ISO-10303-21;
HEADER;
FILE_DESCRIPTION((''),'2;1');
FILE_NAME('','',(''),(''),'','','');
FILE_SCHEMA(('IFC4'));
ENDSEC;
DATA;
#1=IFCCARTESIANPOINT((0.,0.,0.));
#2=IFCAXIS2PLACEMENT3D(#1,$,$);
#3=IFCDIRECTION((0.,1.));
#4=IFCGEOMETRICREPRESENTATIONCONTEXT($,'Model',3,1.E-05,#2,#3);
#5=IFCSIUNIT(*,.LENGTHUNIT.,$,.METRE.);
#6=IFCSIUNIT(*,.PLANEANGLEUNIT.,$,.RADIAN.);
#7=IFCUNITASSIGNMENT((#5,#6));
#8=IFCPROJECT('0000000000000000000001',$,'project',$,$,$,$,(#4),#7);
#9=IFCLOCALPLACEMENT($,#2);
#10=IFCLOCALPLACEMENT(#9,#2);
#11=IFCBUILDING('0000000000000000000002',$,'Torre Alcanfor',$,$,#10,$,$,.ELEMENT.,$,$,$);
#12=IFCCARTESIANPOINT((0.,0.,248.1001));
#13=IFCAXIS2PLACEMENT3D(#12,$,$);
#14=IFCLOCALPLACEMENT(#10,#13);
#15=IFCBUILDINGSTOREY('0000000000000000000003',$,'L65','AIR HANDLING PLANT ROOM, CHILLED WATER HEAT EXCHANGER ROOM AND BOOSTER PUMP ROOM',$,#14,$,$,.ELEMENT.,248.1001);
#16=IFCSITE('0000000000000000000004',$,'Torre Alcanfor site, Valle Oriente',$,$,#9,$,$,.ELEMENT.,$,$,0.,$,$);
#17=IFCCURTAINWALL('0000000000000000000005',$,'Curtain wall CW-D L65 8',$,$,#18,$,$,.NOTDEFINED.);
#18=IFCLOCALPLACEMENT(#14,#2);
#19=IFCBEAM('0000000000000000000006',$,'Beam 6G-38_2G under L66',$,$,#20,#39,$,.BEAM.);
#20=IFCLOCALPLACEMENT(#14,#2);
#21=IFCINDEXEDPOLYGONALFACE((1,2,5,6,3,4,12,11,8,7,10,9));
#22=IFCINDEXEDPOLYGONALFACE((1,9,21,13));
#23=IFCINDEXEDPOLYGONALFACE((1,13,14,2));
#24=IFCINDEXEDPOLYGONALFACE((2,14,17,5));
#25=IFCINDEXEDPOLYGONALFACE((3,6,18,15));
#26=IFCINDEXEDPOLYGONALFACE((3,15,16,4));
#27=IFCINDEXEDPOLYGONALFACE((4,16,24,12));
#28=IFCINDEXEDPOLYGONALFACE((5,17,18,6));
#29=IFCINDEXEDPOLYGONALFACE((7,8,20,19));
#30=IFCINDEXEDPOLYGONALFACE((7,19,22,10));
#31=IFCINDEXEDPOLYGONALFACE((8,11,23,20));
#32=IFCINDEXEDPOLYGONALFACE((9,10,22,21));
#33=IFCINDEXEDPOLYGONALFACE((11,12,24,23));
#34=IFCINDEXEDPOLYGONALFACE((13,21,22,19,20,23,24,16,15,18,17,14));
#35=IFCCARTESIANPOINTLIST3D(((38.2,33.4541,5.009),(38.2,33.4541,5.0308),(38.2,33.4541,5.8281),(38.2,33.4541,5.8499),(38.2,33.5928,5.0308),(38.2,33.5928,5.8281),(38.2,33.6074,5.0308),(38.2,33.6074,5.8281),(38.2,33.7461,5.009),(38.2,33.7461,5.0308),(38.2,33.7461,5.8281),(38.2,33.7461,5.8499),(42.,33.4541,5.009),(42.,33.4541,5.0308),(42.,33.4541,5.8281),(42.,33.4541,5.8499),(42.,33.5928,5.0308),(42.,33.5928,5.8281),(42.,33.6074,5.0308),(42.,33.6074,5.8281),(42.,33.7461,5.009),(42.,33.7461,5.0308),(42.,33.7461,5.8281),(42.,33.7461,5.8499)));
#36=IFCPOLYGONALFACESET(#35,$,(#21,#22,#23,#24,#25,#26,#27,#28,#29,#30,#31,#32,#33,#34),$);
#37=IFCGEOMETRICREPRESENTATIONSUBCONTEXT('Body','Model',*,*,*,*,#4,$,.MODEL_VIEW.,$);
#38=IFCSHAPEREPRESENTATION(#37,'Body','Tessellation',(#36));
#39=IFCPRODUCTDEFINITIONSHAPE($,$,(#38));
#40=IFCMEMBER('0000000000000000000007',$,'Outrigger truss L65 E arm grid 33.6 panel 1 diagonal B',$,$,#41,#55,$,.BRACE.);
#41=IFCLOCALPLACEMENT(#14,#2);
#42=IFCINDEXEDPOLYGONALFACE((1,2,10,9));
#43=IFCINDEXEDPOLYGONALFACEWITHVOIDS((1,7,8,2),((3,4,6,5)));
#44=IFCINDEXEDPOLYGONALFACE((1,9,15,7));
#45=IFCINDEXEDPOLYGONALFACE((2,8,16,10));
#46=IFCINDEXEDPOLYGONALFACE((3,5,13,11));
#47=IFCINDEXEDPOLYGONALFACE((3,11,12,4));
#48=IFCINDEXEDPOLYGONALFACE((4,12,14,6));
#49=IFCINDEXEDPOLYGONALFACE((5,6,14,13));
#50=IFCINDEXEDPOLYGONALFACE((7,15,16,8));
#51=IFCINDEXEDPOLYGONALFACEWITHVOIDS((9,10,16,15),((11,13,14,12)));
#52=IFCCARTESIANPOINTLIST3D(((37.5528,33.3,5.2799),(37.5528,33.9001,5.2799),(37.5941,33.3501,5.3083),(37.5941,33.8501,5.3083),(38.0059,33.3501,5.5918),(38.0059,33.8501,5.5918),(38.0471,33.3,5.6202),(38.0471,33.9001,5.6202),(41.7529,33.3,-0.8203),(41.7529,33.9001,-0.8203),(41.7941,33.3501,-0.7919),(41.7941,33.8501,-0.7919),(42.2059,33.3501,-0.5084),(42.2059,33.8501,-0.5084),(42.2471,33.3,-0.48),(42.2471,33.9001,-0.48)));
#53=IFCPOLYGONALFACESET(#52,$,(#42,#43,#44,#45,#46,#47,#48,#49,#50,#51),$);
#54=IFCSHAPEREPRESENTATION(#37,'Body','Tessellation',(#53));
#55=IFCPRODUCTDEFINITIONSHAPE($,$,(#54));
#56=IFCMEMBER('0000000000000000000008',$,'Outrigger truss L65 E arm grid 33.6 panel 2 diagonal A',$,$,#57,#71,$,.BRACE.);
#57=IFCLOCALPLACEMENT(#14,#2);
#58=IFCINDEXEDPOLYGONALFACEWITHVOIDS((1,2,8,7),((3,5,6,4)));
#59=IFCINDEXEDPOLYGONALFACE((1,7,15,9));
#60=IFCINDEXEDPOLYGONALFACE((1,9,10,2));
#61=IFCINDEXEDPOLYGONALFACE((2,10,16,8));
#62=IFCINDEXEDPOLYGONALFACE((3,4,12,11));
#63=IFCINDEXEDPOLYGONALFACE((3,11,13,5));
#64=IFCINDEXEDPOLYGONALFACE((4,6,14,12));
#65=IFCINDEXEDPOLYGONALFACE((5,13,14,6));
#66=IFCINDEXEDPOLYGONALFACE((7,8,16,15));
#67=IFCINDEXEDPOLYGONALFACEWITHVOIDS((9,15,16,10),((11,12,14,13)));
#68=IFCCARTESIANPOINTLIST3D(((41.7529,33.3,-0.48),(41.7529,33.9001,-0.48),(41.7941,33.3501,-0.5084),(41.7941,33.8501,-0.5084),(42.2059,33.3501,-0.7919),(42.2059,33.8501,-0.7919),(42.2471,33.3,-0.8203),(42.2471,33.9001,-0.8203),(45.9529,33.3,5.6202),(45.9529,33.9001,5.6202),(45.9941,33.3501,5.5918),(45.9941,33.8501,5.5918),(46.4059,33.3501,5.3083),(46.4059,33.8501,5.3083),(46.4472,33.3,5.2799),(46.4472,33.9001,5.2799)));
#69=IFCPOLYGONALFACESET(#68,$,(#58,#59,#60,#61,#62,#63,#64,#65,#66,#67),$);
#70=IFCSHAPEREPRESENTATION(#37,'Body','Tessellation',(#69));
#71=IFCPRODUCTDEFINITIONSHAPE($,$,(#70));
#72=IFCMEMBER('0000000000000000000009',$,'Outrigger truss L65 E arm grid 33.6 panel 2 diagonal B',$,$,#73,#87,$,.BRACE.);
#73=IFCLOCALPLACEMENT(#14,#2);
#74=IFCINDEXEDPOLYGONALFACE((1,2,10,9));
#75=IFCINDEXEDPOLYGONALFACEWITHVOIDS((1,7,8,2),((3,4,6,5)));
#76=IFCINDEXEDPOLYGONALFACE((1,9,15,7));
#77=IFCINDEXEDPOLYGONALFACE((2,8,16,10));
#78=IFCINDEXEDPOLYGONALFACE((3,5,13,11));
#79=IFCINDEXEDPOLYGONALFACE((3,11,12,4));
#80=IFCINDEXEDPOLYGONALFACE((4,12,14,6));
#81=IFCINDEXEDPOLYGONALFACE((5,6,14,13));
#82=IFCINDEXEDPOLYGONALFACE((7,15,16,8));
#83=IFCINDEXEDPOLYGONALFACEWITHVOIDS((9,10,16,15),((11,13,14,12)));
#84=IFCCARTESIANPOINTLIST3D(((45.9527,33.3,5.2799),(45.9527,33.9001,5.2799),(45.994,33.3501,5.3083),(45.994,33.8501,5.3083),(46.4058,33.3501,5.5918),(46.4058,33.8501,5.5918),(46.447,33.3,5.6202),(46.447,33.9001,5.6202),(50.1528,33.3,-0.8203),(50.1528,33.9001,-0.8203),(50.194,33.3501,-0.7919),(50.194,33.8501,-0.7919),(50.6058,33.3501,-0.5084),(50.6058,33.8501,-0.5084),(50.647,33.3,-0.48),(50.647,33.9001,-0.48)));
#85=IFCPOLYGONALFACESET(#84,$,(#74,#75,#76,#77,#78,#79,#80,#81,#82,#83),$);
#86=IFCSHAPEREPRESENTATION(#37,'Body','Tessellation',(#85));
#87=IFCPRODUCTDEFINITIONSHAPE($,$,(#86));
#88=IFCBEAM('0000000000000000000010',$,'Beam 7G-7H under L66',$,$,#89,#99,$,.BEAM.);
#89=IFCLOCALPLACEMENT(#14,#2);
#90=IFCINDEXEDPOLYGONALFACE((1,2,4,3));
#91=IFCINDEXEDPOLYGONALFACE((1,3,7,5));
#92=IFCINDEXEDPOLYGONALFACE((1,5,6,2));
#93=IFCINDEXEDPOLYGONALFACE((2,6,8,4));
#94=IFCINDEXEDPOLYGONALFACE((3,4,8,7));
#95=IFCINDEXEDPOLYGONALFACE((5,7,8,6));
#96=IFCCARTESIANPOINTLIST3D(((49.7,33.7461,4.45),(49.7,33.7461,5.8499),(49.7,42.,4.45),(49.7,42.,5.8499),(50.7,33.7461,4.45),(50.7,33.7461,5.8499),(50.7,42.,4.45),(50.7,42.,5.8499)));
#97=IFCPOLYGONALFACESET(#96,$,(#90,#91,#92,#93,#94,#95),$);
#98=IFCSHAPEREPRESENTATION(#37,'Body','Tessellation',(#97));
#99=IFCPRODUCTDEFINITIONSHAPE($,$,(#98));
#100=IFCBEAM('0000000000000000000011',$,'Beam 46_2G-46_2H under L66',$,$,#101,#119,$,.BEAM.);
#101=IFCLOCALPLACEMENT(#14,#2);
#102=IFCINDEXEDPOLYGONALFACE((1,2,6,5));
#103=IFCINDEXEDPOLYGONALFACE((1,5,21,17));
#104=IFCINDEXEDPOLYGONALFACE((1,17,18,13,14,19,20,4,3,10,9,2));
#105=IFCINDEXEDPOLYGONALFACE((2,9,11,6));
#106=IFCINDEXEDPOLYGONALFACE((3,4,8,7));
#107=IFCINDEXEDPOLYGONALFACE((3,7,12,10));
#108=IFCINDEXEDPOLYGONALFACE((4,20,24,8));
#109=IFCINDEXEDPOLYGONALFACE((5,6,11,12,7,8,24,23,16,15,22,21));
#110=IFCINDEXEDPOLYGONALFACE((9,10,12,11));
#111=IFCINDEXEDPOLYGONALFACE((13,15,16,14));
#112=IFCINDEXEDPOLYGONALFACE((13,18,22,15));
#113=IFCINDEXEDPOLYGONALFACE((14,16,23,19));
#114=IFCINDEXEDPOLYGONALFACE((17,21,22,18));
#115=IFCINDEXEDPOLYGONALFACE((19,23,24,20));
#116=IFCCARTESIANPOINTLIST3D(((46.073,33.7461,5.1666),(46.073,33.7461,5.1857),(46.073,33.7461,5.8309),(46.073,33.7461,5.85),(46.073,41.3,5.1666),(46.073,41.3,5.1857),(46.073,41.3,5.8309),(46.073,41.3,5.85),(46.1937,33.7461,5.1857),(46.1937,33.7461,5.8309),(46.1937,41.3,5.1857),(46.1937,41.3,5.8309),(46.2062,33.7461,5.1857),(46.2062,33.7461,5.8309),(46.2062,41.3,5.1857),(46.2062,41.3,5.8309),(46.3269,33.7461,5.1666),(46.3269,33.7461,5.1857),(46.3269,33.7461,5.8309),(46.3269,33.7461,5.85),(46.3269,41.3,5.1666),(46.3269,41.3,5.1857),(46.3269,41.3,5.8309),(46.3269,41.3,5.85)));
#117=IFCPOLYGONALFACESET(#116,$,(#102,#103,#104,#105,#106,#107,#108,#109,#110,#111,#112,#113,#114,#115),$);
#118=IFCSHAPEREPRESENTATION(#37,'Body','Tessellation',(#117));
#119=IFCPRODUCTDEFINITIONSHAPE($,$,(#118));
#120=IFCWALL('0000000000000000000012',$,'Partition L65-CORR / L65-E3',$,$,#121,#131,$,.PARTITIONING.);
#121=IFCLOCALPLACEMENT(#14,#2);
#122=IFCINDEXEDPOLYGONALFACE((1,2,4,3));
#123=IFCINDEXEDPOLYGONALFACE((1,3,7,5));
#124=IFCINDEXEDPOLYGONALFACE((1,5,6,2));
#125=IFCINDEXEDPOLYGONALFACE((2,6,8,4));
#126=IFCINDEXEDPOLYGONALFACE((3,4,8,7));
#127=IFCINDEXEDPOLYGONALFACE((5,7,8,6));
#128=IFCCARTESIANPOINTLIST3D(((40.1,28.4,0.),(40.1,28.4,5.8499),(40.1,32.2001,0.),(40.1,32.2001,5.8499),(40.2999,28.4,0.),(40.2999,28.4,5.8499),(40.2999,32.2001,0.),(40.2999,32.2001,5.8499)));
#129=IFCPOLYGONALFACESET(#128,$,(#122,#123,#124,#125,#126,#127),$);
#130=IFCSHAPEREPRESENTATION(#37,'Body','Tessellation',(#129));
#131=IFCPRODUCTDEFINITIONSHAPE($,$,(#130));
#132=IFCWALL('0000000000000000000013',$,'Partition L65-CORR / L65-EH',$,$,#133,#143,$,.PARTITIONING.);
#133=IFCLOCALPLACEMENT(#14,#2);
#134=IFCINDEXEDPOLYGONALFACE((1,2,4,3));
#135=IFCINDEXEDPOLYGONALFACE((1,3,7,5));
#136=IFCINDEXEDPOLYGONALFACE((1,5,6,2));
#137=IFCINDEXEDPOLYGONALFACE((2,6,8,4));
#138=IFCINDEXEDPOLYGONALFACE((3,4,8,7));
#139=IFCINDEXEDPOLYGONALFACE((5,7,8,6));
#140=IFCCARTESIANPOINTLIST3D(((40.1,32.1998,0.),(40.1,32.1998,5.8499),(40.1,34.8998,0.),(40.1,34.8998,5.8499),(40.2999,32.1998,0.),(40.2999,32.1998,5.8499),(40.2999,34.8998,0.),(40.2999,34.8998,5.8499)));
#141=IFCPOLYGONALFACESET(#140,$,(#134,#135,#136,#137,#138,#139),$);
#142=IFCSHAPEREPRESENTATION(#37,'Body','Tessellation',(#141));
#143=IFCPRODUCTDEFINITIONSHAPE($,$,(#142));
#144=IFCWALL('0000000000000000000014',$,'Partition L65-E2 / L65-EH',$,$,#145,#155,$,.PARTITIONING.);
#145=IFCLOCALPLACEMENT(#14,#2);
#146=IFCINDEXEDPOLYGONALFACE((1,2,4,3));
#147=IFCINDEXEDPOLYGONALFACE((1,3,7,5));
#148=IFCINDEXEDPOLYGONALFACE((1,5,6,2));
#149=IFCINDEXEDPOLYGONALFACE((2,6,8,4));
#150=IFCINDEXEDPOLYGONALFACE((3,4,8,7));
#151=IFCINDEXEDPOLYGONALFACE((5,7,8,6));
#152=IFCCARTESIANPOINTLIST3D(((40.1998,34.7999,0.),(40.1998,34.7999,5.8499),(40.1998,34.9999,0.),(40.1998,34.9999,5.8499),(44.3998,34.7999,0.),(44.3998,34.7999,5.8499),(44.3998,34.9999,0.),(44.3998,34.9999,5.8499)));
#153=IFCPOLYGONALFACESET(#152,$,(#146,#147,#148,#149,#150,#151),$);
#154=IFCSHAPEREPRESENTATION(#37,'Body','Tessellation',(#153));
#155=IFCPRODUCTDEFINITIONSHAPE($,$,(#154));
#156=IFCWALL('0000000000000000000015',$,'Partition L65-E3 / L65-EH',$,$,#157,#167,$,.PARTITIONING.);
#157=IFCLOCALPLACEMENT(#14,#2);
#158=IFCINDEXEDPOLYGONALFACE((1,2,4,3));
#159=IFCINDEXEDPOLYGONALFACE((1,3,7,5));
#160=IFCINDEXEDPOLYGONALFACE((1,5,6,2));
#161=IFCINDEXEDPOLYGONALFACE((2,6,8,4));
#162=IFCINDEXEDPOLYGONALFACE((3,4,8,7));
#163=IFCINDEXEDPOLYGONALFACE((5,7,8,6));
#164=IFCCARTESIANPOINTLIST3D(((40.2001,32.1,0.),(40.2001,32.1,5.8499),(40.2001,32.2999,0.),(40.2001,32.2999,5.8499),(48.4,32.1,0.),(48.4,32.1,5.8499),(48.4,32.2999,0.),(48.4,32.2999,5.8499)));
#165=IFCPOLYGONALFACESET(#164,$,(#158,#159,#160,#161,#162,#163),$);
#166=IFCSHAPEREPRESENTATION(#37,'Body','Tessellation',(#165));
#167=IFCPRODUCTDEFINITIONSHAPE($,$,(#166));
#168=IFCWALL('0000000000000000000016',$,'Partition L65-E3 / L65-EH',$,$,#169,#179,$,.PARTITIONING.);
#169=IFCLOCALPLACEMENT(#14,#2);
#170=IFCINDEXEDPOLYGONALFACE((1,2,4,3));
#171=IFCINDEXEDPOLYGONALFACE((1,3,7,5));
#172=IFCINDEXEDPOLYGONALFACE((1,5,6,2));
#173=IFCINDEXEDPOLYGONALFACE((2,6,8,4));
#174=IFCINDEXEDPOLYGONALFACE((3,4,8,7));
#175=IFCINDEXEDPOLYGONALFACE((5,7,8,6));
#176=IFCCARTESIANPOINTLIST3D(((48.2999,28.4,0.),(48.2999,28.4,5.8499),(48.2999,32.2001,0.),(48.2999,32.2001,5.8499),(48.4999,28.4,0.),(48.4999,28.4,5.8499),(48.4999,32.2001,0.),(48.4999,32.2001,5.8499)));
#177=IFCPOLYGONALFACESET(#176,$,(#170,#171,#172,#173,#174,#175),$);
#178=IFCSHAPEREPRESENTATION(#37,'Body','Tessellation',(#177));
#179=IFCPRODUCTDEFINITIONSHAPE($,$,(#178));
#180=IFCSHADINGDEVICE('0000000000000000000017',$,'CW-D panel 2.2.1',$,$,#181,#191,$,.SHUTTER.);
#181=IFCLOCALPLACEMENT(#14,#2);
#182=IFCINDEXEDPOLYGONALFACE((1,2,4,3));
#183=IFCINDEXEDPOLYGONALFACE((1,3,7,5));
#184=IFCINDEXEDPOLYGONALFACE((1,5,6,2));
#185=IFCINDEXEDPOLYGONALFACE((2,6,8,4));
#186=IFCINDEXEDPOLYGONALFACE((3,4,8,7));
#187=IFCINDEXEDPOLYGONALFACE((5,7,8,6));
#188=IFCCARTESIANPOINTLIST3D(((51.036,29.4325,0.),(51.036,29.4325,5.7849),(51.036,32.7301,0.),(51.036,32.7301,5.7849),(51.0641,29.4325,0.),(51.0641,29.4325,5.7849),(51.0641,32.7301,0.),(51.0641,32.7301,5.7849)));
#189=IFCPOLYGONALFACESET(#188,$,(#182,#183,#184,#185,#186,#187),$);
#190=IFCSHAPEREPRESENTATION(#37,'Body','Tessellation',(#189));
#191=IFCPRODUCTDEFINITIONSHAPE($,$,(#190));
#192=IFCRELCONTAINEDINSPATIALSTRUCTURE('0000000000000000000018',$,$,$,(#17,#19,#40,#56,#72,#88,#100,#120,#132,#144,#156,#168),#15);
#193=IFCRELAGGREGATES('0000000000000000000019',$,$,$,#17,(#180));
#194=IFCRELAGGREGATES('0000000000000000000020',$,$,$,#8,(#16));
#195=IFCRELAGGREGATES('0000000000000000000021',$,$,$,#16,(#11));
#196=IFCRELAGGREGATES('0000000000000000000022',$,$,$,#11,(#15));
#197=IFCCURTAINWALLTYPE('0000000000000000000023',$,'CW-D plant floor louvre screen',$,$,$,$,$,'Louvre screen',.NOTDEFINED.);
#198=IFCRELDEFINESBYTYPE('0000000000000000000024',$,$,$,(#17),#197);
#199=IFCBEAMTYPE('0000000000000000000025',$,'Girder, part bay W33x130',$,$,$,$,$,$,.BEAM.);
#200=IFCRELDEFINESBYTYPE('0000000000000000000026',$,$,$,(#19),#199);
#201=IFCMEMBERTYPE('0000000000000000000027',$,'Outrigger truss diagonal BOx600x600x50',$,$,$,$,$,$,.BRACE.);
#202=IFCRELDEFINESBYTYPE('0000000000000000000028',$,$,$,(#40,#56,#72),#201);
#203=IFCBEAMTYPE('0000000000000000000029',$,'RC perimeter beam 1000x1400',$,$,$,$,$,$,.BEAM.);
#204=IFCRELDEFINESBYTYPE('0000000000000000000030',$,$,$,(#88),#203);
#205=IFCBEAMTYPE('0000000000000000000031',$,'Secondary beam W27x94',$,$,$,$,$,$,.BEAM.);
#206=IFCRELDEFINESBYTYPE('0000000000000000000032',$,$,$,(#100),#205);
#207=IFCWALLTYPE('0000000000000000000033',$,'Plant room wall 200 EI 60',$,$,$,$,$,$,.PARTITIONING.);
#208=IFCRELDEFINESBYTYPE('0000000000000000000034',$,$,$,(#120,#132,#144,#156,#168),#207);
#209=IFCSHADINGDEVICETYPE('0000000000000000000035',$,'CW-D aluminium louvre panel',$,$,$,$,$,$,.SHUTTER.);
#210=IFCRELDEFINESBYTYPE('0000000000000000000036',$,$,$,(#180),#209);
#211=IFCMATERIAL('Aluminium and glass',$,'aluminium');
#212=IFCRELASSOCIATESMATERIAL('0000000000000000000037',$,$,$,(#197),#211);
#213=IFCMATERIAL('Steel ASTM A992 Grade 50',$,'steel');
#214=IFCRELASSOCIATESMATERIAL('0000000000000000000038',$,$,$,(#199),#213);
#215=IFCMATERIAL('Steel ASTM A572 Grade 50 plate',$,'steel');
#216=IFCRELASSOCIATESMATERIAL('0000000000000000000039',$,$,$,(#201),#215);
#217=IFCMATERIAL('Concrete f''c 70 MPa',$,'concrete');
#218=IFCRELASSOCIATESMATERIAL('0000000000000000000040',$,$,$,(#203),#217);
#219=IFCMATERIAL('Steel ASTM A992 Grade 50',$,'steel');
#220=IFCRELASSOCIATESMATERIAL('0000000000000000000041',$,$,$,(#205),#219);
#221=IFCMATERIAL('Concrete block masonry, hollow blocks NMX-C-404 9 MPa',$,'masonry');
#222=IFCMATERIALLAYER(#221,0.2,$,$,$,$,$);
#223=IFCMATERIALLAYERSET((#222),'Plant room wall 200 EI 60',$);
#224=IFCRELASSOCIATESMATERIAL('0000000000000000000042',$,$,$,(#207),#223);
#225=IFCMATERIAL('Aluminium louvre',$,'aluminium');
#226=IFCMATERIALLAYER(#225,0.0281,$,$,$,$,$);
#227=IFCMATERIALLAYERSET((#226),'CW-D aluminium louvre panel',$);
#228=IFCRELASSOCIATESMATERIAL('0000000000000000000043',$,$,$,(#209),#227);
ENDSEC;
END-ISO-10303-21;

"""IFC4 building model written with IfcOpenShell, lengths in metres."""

from ifc_helpers import new_model, si_unit, direction, frame, frame_2d, origin, origin_2d, place, context, subcontext, project, spatial, rectangle, hollow_rectangle, i_section, extrude, material, layer, layer_set, material_profile, profile_set, type_object, element, aggregate, save


model = new_model("IFC4")

# Units and contexts
model_context = context("Model", 3, precision=1e-05, world=origin(), true_north=direction((0.0, 1.0)))
body_context = subcontext(model_context, "Body", "Model", "MODEL_VIEW")
ifc_project = project(units=[si_unit("LENGTHUNIT", "METRE"), si_unit("PLANEANGLEUNIT", "RADIAN")], contexts=[model_context])

# Site, building, storey
site_placement = place(None, origin())
site = spatial("IfcSite", under=ifc_project, at=site_placement, Name="Torre Alcanfor site, Valle Oriente", CompositionType="ELEMENT", RefElevation=0.0)
building_placement = place(site_placement, origin())
building = spatial("IfcBuilding", under=site, at=building_placement, Name="Torre Alcanfor", CompositionType="ELEMENT")
storey_placement = place(building_placement, frame((0.0, 0.0, 248.1001)))
storey = spatial("IfcBuildingStorey", under=building, at=storey_placement, Name="L65", Description="AIR HANDLING PLANT ROOM, CHILLED WATER HEAT EXCHANGER ROOM AND BOOSTER PUMP ROOM", CompositionType="ELEMENT", Elevation=248.1001)

# Curtain wall
ifc_material_1 = material(Name="Aluminium and glass", Category="aluminium")
curtain_wall_type = type_object("IfcCurtainWallType", Name="CW-D plant floor louvre screen", ElementType="Louvre screen", PredefinedType="NOTDEFINED", material=ifc_material_1)
curtain_wall_placement = place(storey_placement, origin())
curtain_wall = element("IfcCurtainWall", 1, at=curtain_wall_placement, inside=storey, type_object=curtain_wall_type, Name="Curtain wall CW-D L65 8", PredefinedType="NOTDEFINED")

# Beam
ifc_material_2 = material(Name="Steel ASTM A992 Grade 50", Category="steel")
ifc_material_profile_1 = material_profile(ifc_material_2, i_section(OverallWidth=0.292, OverallDepth=0.8408, WebThickness=0.0146, FlangeThickness=0.0217, at=origin_2d()), Name="W33x130")
ifc_profile_set_1 = profile_set([ifc_material_profile_1], Name="Steel ASTM A992 Grade 50")
beam_type_1 = type_object("IfcBeamType", Name="Girder, part bay W33x130", PredefinedType="BEAM", material=ifc_profile_set_1)
beam_1_placement = place(storey_placement, frame((42.0, 33.6001, 5.4294), z_axis=(-1.0, 0.0, 0.0), x_axis=(0.0, -1.0, 0.0)))
element("IfcBeam", 2, at=beam_1_placement, inside=storey, type_object=beam_type_1, Name="Beam 6G-38_2G under L66", PredefinedType="BEAM", context=body_context, shape_type="SweptSolid", body=[
    extrude(i_section(OverallWidth=0.292, OverallDepth=0.8408, WebThickness=0.0146, FlangeThickness=0.0217, at=origin_2d()), origin(), (0.0, 0.0, 1.0), 3.8),
])

# Members
ifc_material_3 = material(Name="Steel ASTM A572 Grade 50 plate", Category="steel")
ifc_material_profile_2 = material_profile(ifc_material_3, hollow_rectangle(XDim=0.6001, YDim=0.6001, WallThickness=0.05, at=origin_2d()), Name="BOX 600x600x50")
ifc_profile_set_2 = profile_set([ifc_material_profile_2], Name="Steel ASTM A572 Grade 50 plate")
member_type_1 = type_object("IfcMemberType", Name="Outrigger truss diagonal BOx600x600x50", PredefinedType="BRACE", material=ifc_profile_set_2)
for number, where, z_axis, x_axis, name in (
    (3, (42.0, 33.6001, -0.6501), (-0.567091, 0.0, 0.823655), (0.0, -1.0, 0.0), "Outrigger truss L65 E arm grid 33.6 panel 1 diagonal B"),
    (4, (42.0, 33.6001, -0.6501), (0.567091, 0.0, 0.823655), (0.0, 1.0, 0.0), "Outrigger truss L65 E arm grid 33.6 panel 2 diagonal A"),
    (5, (50.3999, 33.6001, -0.6501), (-0.567091, 0.0, 0.823655), (0.0, -1.0, 0.0), "Outrigger truss L65 E arm grid 33.6 panel 2 diagonal B"),
):
    element("IfcMember", number, at=place(storey_placement, frame(where, z_axis=z_axis, x_axis=x_axis)), inside=storey, type_object=member_type_1, Name=name, PredefinedType="BRACE", context=body_context, shape_type="SweptSolid", body=[
        extrude(hollow_rectangle(XDim=0.6001, YDim=0.6001, WallThickness=0.05, at=origin_2d()), origin(), (0.0, 0.0, 1.0), 7.4062),
    ])

# Beams
ifc_material_4 = material(Name="Concrete f'c 70 MPa", Category="concrete")
ifc_material_profile_3 = material_profile(ifc_material_4, rectangle(XDim=1.0, YDim=1.3999, at=origin_2d()), Name="1000x1400")
ifc_profile_set_3 = profile_set([ifc_material_profile_3], Name="Concrete f'c 70 MPa")
beam_type_2 = type_object("IfcBeamType", Name="RC perimeter beam 1000x1400", PredefinedType="BEAM", material=ifc_profile_set_3)
beam_2_placement = place(storey_placement, frame((50.2, 33.7461, 5.1499), z_axis=(0.0, 1.0, 0.0), x_axis=(-1.0, 0.0, 0.0)))
element("IfcBeam", 6, at=beam_2_placement, inside=storey, type_object=beam_type_2, Name="Beam 7G-7H under L66", PredefinedType="BEAM", context=body_context, shape_type="SweptSolid", body=[
    extrude(rectangle(XDim=1.0, YDim=1.3999, at=origin_2d()), origin(), (0.0, 0.0, 1.0), 8.2539),
])
ifc_material_5 = material(Name="Steel ASTM A992 Grade 50", Category="steel")
ifc_material_profile_4 = material_profile(ifc_material_5, i_section(OverallWidth=0.2539, OverallDepth=0.6833, WebThickness=0.0125, FlangeThickness=0.019, at=origin_2d()), Name="W27x94")
ifc_profile_set_4 = profile_set([ifc_material_profile_4], Name="Steel ASTM A992 Grade 50")
beam_type_3 = type_object("IfcBeamType", Name="Secondary beam W27x94", PredefinedType="BEAM", material=ifc_profile_set_4)
beam_3_placement = place(storey_placement, frame((46.2, 33.7461, 5.5083), z_axis=(0.0, 1.0, 0.0), x_axis=(-1.0, 0.0, 0.0)))
element("IfcBeam", 7, at=beam_3_placement, inside=storey, type_object=beam_type_3, Name="Beam 46_2G-46_2H under L66", PredefinedType="BEAM", context=body_context, shape_type="SweptSolid", body=[
    extrude(i_section(OverallWidth=0.2539, OverallDepth=0.6833, WebThickness=0.0125, FlangeThickness=0.019, at=origin_2d()), origin(), (0.0, 0.0, 1.0), 7.554),
])

# Walls
ifc_material_6 = material(Name="Concrete block masonry, hollow blocks NMX-C-404 9 MPa", Category="masonry")
ifc_layer_1 = layer(ifc_material_6, 0.2)
ifc_layer_set_1 = layer_set([ifc_layer_1], Name="Plant room wall 200 EI 60")
wall_type = type_object("IfcWallType", Name="Plant room wall 200 EI 60", PredefinedType="PARTITIONING", material=ifc_layer_set_1)
wall_1_placement = place(storey_placement, frame((40.2, 32.2, 0.0), z_axis=(0.0, 0.0, 1.0), x_axis=(0.0, -1.0, 0.0)))
element("IfcWall", 8, at=wall_1_placement, inside=storey, type_object=wall_type, Name="Partition L65-CORR / L65-E3", PredefinedType="PARTITIONING", context=body_context, shape_type="SweptSolid", body=[
    extrude(rectangle(XDim=3.8, YDim=0.2, at=frame_2d((1.8999, 0.0))), origin(), (0.0, 0.0, 1.0), 5.8499),
])
wall_2_placement = place(storey_placement, frame((40.2, 34.8999, 0.0), z_axis=(0.0, 0.0, 1.0), x_axis=(0.0, -1.0, 0.0)))
element("IfcWall", 9, at=wall_2_placement, inside=storey, type_object=wall_type, Name="Partition L65-CORR / L65-EH", PredefinedType="PARTITIONING", context=body_context, shape_type="SweptSolid", body=[
    extrude(rectangle(XDim=2.7, YDim=0.2, at=frame_2d((1.3501, 0.0))), origin(), (0.0, 0.0, 1.0), 5.8499),
])
wall_3_placement = place(storey_placement, frame((44.3999, 34.8999, 0.0), z_axis=(0.0, 0.0, 1.0), x_axis=(-1.0, 0.0, 0.0)))
element("IfcWall", 10, at=wall_3_placement, inside=storey, type_object=wall_type, Name="Partition L65-E2 / L65-EH", PredefinedType="PARTITIONING", context=body_context, shape_type="SweptSolid", body=[
    extrude(rectangle(XDim=4.2, YDim=0.2, at=frame_2d((2.1001, 0.0))), origin(), (0.0, 0.0, 1.0), 5.8499),
])
wall_4_placement = place(storey_placement, frame((40.2, 32.2, 0.0), z_axis=(0.0, 0.0, 1.0), x_axis=(1.0, 0.0, 0.0)))
element("IfcWall", 11, at=wall_4_placement, inside=storey, type_object=wall_type, Name="Partition L65-E3 / L65-EH", PredefinedType="PARTITIONING", context=body_context, shape_type="SweptSolid", body=[
    extrude(rectangle(XDim=8.2, YDim=0.2, at=frame_2d((4.1001, 0.0))), origin(), (0.0, 0.0, 1.0), 5.8499),
])
wall_5_placement = place(storey_placement, frame((48.3999, 32.2, 0.0), z_axis=(0.0, 0.0, 1.0), x_axis=(0.0, -1.0, 0.0)))
element("IfcWall", 12, at=wall_5_placement, inside=storey, type_object=wall_type, Name="Partition L65-E3 / L65-EH", PredefinedType="PARTITIONING", context=body_context, shape_type="SweptSolid", body=[
    extrude(rectangle(XDim=3.8, YDim=0.2, at=frame_2d((1.8999, 0.0))), origin(), (0.0, 0.0, 1.0), 5.8499),
])

# Shading device
ifc_material_7 = material(Name="Aluminium louvre", Category="aluminium")
ifc_layer_2 = layer(ifc_material_7, 0.0281)
ifc_layer_set_2 = layer_set([ifc_layer_2], Name="CW-D aluminium louvre panel")
shading_device_type = type_object("IfcShadingDeviceType", Name="CW-D aluminium louvre panel", PredefinedType="SHUTTER", material=ifc_layer_set_2)
shading_device_1_placement = place(storey_placement, frame((51.05, 31.0813, 0.0), z_axis=(0.0, 0.0, 1.0), x_axis=(0.0, 1.0, 0.0)))
shading_device_1 = element("IfcShadingDevice", 13, at=shading_device_1_placement, type_object=shading_device_type, Name="CW-D panel 2.2.1", PredefinedType="SHUTTER", context=body_context, shape_type="SweptSolid", body=[
    extrude(rectangle(XDim=3.2976, YDim=0.0281, at=origin_2d()), origin(), (0.0, 0.0, 1.0), 5.7849),
])
aggregate(curtain_wall, [shading_device_1])

save(model, "model.ifc")
